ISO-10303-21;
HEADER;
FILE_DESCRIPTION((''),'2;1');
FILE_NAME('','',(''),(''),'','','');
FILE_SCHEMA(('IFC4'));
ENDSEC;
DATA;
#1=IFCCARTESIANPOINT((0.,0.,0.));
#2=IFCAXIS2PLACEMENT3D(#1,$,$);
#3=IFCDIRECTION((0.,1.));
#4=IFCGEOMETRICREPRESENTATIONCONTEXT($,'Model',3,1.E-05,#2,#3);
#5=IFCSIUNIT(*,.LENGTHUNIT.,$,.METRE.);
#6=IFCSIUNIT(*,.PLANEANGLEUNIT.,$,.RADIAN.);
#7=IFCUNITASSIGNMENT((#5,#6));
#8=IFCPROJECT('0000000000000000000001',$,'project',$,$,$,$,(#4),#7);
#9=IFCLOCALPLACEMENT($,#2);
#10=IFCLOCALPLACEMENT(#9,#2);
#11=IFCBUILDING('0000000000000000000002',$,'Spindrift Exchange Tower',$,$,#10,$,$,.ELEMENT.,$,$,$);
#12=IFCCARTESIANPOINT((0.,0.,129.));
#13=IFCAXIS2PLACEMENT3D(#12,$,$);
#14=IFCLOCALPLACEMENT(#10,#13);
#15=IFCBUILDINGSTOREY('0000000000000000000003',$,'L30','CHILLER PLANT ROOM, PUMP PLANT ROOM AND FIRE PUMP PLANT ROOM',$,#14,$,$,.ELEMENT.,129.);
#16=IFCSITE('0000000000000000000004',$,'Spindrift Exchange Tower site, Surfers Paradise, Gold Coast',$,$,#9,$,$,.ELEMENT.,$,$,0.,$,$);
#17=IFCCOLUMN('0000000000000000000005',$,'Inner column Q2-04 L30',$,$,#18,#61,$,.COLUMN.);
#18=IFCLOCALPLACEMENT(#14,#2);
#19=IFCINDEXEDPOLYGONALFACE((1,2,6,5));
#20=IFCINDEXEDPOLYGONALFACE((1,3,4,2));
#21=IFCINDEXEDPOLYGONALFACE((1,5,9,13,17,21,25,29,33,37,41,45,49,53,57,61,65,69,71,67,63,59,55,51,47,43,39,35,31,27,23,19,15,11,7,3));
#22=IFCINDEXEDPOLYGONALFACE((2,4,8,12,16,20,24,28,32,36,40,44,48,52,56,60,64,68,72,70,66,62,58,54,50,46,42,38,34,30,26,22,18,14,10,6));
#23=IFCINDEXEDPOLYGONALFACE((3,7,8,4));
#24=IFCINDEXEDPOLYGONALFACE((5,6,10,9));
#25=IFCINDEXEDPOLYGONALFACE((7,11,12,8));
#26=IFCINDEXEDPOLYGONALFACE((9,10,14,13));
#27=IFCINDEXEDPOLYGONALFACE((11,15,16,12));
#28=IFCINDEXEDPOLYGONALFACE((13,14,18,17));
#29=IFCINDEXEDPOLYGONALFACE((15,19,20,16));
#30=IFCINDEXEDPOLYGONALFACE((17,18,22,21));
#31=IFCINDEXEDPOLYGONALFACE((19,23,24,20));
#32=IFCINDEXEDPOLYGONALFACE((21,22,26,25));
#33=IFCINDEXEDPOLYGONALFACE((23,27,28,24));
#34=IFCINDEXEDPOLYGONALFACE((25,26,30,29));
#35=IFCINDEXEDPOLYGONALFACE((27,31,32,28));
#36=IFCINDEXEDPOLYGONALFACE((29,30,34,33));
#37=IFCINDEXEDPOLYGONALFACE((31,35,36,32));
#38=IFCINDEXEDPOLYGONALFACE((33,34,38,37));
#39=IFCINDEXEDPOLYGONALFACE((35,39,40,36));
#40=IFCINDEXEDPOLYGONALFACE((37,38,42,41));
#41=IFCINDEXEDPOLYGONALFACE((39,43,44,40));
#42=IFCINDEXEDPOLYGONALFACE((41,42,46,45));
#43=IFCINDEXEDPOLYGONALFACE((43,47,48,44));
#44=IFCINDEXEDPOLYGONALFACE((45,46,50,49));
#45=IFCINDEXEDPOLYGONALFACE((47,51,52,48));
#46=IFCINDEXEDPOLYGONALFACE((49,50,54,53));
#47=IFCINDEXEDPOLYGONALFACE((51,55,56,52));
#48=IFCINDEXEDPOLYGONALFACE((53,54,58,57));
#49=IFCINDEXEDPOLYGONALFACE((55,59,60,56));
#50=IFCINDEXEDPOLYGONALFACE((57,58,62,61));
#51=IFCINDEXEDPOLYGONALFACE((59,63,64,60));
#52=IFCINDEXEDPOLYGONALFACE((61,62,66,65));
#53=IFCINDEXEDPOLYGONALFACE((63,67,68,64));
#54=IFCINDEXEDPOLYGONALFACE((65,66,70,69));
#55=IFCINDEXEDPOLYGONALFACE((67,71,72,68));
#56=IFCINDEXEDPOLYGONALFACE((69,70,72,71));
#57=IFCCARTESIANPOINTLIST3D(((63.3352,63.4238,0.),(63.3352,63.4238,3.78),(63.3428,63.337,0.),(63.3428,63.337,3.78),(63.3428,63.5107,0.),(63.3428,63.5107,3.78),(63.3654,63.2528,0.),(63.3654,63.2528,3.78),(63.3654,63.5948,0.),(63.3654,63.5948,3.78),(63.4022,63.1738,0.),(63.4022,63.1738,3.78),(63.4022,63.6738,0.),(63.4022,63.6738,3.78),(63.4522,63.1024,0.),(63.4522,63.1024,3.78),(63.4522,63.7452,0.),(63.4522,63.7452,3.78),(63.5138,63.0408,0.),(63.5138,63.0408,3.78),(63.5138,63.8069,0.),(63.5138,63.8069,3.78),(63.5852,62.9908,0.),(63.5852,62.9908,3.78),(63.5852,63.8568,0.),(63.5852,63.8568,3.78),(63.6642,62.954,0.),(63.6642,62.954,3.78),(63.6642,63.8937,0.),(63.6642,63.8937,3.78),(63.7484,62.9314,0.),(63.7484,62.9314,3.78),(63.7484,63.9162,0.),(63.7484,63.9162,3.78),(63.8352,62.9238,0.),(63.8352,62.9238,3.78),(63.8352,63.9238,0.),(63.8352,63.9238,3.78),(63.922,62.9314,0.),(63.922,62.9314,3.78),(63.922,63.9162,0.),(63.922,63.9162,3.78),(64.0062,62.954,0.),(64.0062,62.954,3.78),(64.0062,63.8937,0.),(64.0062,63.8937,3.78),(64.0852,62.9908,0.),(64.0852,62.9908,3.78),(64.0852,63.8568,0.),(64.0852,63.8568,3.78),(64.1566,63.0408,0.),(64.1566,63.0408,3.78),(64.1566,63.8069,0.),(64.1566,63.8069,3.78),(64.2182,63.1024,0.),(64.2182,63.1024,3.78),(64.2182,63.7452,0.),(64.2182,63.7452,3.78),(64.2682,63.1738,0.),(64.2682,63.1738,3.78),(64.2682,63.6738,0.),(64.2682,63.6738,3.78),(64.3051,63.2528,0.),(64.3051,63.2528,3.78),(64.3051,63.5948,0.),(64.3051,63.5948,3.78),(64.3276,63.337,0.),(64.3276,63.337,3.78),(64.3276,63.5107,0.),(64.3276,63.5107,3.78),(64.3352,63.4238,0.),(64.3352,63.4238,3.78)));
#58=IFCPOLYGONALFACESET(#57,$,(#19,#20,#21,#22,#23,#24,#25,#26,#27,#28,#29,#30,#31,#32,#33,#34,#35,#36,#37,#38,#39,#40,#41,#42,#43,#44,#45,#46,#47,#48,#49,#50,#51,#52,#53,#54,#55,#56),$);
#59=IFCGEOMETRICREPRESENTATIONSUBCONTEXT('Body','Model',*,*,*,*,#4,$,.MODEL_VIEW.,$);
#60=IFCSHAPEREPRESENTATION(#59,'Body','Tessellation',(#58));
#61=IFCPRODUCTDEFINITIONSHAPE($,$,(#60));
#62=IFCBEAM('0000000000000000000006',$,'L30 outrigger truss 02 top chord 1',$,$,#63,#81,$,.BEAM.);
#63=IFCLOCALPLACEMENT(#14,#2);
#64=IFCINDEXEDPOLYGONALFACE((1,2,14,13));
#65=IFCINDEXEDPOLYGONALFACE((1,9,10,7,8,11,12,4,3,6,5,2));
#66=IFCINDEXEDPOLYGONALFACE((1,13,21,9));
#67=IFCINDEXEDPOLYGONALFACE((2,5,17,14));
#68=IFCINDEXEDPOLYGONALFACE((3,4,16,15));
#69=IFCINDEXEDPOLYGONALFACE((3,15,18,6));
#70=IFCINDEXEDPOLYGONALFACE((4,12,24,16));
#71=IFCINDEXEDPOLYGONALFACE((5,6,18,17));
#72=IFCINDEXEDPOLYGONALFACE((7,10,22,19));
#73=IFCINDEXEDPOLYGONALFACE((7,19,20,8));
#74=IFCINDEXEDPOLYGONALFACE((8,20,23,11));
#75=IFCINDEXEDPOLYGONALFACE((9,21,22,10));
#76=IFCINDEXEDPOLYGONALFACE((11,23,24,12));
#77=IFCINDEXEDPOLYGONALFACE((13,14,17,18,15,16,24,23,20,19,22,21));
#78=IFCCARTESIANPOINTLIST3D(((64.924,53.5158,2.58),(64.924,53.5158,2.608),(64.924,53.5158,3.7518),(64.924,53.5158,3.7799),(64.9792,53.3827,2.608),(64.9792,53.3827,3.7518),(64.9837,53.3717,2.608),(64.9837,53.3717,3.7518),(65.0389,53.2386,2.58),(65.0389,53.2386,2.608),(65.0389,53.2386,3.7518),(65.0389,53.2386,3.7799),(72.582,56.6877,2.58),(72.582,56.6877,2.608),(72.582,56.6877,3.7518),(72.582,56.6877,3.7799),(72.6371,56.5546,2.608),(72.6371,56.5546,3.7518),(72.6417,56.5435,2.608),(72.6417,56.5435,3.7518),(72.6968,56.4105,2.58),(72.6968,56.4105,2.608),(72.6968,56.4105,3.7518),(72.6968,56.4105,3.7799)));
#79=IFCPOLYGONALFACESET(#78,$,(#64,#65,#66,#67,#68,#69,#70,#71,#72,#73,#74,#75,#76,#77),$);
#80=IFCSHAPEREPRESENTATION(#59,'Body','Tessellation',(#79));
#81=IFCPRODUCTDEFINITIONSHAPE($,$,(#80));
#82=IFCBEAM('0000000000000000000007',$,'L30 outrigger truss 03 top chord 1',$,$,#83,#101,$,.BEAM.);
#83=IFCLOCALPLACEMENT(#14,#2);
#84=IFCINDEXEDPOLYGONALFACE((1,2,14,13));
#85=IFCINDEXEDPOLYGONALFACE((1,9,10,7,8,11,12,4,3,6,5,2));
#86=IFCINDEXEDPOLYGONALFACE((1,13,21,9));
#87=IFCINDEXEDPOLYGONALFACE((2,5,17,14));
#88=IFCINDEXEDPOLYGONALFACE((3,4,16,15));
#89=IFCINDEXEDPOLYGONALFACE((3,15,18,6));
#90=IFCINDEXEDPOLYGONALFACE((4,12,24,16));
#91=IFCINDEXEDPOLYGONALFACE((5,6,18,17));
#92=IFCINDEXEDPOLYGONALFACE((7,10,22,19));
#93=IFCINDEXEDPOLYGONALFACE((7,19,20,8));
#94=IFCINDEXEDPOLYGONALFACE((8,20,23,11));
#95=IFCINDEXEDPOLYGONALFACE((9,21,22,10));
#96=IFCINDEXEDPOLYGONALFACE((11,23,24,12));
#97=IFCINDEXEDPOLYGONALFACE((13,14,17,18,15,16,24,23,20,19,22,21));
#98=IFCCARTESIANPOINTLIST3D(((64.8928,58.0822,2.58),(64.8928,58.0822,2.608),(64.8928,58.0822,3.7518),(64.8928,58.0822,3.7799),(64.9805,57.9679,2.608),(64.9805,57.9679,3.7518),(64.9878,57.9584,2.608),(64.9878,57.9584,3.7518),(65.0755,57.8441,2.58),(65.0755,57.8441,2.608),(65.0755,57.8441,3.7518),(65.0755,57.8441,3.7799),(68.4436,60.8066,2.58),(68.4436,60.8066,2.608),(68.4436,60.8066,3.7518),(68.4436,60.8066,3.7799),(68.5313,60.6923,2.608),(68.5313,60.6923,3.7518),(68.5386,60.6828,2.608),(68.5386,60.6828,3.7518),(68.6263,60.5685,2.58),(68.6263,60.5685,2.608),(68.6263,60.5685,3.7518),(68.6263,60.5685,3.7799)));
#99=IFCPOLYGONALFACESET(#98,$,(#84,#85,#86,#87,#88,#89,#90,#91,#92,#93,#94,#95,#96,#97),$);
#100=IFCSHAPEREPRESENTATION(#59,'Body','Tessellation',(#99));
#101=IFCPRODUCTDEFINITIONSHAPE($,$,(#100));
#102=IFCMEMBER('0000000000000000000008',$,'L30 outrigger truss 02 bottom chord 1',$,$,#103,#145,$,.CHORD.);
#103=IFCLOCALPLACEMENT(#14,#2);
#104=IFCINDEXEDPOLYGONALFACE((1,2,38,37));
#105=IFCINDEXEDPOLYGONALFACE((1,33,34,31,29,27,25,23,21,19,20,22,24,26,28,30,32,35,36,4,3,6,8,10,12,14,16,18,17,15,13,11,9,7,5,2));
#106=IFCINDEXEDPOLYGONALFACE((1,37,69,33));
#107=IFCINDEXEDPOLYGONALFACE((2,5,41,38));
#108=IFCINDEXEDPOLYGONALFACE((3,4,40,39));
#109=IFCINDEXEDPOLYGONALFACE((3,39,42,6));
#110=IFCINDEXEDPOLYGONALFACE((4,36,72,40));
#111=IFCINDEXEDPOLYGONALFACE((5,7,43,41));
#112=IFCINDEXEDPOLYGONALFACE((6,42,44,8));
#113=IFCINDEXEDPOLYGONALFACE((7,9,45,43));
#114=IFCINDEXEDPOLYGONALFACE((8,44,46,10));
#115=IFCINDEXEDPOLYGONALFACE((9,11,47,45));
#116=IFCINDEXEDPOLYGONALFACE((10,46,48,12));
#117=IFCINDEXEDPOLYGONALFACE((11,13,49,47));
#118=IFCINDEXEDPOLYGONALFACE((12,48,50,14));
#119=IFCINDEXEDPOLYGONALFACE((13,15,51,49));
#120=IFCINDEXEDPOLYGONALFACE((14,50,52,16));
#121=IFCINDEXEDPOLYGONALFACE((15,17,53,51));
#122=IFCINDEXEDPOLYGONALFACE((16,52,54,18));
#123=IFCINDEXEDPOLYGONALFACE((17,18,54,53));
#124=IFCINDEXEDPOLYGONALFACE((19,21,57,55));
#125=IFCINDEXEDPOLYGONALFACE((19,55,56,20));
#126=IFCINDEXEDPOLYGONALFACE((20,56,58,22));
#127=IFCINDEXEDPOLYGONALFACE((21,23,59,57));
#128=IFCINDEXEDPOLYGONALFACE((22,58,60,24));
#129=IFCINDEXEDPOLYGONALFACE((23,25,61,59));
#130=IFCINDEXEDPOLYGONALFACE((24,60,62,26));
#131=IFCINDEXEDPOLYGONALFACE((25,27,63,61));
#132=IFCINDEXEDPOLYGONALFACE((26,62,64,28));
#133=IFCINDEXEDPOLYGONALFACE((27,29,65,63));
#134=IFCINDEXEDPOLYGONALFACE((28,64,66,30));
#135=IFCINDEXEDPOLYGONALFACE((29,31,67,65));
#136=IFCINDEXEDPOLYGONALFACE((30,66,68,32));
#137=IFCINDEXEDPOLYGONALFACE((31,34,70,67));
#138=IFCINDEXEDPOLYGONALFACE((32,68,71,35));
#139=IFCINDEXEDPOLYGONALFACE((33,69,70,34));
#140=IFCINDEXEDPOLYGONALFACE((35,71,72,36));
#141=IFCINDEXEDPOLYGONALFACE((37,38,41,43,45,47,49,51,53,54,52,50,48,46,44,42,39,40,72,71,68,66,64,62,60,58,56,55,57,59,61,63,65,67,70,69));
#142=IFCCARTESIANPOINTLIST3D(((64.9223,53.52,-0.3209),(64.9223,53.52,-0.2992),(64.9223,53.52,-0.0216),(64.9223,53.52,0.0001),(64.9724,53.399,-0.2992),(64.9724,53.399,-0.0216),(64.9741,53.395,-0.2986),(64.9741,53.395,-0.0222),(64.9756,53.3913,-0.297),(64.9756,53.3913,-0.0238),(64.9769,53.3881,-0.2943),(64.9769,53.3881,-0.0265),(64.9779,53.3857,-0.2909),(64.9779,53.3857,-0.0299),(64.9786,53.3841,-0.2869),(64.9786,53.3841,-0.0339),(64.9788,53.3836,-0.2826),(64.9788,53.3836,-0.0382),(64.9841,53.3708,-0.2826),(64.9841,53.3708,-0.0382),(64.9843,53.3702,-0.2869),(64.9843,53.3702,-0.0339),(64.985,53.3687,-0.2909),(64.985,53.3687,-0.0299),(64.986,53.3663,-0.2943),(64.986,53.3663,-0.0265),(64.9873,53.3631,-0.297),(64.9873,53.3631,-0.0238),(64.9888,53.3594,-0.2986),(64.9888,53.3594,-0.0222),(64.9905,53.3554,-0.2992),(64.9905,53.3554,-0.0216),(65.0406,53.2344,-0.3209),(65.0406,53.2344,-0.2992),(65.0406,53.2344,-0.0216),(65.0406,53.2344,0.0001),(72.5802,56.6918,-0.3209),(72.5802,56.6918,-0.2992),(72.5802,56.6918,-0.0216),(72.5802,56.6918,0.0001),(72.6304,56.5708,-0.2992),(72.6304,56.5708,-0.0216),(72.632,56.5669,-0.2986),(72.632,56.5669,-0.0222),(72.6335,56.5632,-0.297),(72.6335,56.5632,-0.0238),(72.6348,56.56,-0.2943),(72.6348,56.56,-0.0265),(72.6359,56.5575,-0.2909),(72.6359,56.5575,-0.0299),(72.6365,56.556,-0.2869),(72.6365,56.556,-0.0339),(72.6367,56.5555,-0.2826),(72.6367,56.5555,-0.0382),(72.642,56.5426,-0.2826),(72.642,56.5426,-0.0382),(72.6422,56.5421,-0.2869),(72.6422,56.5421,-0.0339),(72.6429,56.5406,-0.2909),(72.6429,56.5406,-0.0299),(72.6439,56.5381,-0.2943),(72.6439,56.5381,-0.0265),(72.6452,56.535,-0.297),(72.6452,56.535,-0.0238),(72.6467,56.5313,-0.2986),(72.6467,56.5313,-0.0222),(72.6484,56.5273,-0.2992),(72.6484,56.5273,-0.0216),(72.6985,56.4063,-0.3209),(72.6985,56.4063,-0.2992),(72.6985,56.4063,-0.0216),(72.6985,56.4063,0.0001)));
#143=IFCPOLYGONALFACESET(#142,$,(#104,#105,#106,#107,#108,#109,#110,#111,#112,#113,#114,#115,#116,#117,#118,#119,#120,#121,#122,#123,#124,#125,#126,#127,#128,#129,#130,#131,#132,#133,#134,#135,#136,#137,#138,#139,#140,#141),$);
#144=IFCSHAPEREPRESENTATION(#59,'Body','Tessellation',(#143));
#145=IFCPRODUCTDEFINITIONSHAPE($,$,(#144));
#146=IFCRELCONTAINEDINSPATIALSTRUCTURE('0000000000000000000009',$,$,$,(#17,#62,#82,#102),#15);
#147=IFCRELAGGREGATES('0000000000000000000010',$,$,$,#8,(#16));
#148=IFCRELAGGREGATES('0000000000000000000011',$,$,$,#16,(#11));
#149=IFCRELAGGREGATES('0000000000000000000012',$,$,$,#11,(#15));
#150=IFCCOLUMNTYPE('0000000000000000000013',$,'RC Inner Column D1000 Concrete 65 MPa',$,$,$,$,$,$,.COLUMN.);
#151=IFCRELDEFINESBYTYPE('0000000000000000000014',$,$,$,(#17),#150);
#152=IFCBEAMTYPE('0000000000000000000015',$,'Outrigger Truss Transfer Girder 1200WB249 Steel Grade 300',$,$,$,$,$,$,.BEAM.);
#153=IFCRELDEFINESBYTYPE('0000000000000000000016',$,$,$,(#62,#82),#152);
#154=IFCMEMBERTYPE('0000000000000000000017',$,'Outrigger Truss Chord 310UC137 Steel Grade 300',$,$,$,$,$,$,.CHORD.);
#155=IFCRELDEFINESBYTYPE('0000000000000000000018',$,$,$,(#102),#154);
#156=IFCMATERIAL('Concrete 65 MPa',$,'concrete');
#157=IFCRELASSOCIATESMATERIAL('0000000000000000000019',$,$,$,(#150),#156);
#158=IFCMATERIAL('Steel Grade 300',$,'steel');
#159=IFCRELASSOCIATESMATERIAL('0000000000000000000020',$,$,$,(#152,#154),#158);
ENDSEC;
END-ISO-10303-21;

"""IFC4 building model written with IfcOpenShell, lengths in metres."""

from ifc_helpers import new_model, si_unit, direction, frame, origin, origin_2d, place, context, subcontext, project, spatial, circle, i_section, extrude, source, transform, mapped, material, material_profile, profile_set, type_object, element, save


model = new_model("IFC4")

# Units and contexts
model_context = context("Model", 3, precision=1e-05, world=origin(), true_north=direction((0.0, 1.0)))
body_context = subcontext(model_context, "Body", "Model", "MODEL_VIEW")
ifc_project = project(units=[si_unit("LENGTHUNIT", "METRE"), si_unit("PLANEANGLEUNIT", "RADIAN")], contexts=[model_context])

# Site, building, storey
site_placement = place(None, origin())
site = spatial("IfcSite", under=ifc_project, at=site_placement, Name="Spindrift Exchange Tower site, Surfers Paradise, Gold Coast", CompositionType="ELEMENT", RefElevation=0.0)
building_placement = place(site_placement, origin())
building = spatial("IfcBuilding", under=site, at=building_placement, Name="Spindrift Exchange Tower", CompositionType="ELEMENT")
storey_placement = place(building_placement, frame((0.0, 0.0, 129.0)))
storey = spatial("IfcBuildingStorey", under=building, at=storey_placement, Name="L30", Description="CHILLER PLANT ROOM, PUMP PLANT ROOM AND FIRE PUMP PLANT ROOM", CompositionType="ELEMENT", Elevation=129.0)

# Column
ifc_material_1 = material(Name="Concrete 65 MPa", Category="concrete")
ifc_material_profile_1 = material_profile(ifc_material_1, circle(Radius=0.5, at=origin_2d()), Name="RC D1000")
ifc_profile_set_1 = profile_set([ifc_material_profile_1], Name="Concrete 65 MPa")
column_type = type_object("IfcColumnType", Name="RC Inner Column D1000 Concrete 65 MPa", PredefinedType="COLUMN", material=ifc_profile_set_1)
shared_shape_1 = source(origin(), body_context, "Body", "SweptSolid", [
    extrude(circle(Radius=0.5, at=origin_2d()), origin(), (0.0, 0.0, 1.0), 3.78),
])
column_placement = place(storey_placement, frame((63.8352, 63.4238, 0.0), z_axis=(0.0, 0.0, 1.0), x_axis=(1.0, 0.0, 0.0)))
element("IfcColumn", 1, at=column_placement, inside=storey, type_object=column_type, Name="Inner column Q2-04 L30", PredefinedType="COLUMN", context=body_context, shape_type="MappedRepresentation", body=[
    mapped(shared_shape_1, transform((0.0, 0.0, 0.0), scale=1.0)),
])

# Beams
ifc_material_2 = material(Name="Steel Grade 300", Category="steel")
ifc_material_profile_2 = material_profile(ifc_material_2, i_section(OverallWidth=0.3, OverallDepth=1.2, WebThickness=0.012, FlangeThickness=0.0281, at=origin_2d()), Name="1200WB249")
ifc_profile_set_2 = profile_set([ifc_material_profile_2], Name="Steel Grade 300")
beam_type = type_object("IfcBeamType", Name="Outrigger Truss Transfer Girder 1200WB249 Steel Grade 300", PredefinedType="BEAM", material=ifc_profile_set_2)
shared_shape_2 = source(origin(), body_context, "Body", "SweptSolid", [
    extrude(i_section(OverallWidth=0.3, OverallDepth=1.2, WebThickness=0.012, FlangeThickness=0.0281, at=origin_2d()), origin(), (0.0, 0.0, 1.0), 8.2888),
])
beam_1_placement = place(storey_placement, frame((64.9814, 53.3772, 3.1799), z_axis=(0.923886, 0.382667, 0.0), x_axis=(-0.382667, 0.923886, 0.0)))
element("IfcBeam", 2, at=beam_1_placement, inside=storey, type_object=beam_type, Name="L30 outrigger truss 02 top chord 1", PredefinedType="BEAM", context=body_context, shape_type="MappedRepresentation", body=[
    mapped(shared_shape_2, transform((0.0, 0.0, 0.0), scale=1.0)),
])
shared_shape_3 = source(origin(), body_context, "Body", "SweptSolid", [
    extrude(i_section(OverallWidth=0.3, OverallDepth=1.2, WebThickness=0.012, FlangeThickness=0.0281, at=origin_2d()), origin(), (0.0, 0.0, 1.0), 4.4756),
])
beam_2_placement = place(storey_placement, frame((64.9841, 57.9631, 3.1799), z_axis=(0.79338, 0.608727, 0.0), x_axis=(-0.608727, 0.79338, 0.0)))
element("IfcBeam", 3, at=beam_2_placement, inside=storey, type_object=beam_type, Name="L30 outrigger truss 03 top chord 1", PredefinedType="BEAM", context=body_context, shape_type="MappedRepresentation", body=[
    mapped(shared_shape_3, transform((0.0, 0.0, 0.0), scale=1.0)),
])

# Member
ifc_material_profile_3 = material_profile(ifc_material_2, i_section(OverallWidth=0.3091, OverallDepth=0.321, WebThickness=0.0139, FlangeThickness=0.0217, FilletRadius=0.0166, at=origin_2d()), Name="310UC137")
ifc_profile_set_3 = profile_set([ifc_material_profile_3], Name="Steel Grade 300")
member_type_1 = type_object("IfcMemberType", Name="Outrigger Truss Chord 310UC137 Steel Grade 300", PredefinedType="CHORD", material=ifc_profile_set_3)
shared_shape_4 = source(origin(), body_context, "Body", "SweptSolid", [
    extrude(i_section(OverallWidth=0.3091, OverallDepth=0.321, WebThickness=0.0139, FlangeThickness=0.0217, FilletRadius=0.0166, at=origin_2d()), origin(), (0.0, 0.0, 1.0), 8.2888),
])
member_1_placement = place(storey_placement, frame((64.9814, 53.3772, -0.1604), z_axis=(0.923886, 0.382667, 0.0), x_axis=(-0.382667, 0.923886, 0.0)))
element("IfcMember", 4, at=member_1_placement, inside=storey, type_object=member_type_1, Name="L30 outrigger truss 02 bottom chord 1", PredefinedType="CHORD", context=body_context, shape_type="MappedRepresentation", body=[
    mapped(shared_shape_4, transform((0.0, 0.0, 0.0), scale=1.0)),
])

save(model, "model.ifc")
